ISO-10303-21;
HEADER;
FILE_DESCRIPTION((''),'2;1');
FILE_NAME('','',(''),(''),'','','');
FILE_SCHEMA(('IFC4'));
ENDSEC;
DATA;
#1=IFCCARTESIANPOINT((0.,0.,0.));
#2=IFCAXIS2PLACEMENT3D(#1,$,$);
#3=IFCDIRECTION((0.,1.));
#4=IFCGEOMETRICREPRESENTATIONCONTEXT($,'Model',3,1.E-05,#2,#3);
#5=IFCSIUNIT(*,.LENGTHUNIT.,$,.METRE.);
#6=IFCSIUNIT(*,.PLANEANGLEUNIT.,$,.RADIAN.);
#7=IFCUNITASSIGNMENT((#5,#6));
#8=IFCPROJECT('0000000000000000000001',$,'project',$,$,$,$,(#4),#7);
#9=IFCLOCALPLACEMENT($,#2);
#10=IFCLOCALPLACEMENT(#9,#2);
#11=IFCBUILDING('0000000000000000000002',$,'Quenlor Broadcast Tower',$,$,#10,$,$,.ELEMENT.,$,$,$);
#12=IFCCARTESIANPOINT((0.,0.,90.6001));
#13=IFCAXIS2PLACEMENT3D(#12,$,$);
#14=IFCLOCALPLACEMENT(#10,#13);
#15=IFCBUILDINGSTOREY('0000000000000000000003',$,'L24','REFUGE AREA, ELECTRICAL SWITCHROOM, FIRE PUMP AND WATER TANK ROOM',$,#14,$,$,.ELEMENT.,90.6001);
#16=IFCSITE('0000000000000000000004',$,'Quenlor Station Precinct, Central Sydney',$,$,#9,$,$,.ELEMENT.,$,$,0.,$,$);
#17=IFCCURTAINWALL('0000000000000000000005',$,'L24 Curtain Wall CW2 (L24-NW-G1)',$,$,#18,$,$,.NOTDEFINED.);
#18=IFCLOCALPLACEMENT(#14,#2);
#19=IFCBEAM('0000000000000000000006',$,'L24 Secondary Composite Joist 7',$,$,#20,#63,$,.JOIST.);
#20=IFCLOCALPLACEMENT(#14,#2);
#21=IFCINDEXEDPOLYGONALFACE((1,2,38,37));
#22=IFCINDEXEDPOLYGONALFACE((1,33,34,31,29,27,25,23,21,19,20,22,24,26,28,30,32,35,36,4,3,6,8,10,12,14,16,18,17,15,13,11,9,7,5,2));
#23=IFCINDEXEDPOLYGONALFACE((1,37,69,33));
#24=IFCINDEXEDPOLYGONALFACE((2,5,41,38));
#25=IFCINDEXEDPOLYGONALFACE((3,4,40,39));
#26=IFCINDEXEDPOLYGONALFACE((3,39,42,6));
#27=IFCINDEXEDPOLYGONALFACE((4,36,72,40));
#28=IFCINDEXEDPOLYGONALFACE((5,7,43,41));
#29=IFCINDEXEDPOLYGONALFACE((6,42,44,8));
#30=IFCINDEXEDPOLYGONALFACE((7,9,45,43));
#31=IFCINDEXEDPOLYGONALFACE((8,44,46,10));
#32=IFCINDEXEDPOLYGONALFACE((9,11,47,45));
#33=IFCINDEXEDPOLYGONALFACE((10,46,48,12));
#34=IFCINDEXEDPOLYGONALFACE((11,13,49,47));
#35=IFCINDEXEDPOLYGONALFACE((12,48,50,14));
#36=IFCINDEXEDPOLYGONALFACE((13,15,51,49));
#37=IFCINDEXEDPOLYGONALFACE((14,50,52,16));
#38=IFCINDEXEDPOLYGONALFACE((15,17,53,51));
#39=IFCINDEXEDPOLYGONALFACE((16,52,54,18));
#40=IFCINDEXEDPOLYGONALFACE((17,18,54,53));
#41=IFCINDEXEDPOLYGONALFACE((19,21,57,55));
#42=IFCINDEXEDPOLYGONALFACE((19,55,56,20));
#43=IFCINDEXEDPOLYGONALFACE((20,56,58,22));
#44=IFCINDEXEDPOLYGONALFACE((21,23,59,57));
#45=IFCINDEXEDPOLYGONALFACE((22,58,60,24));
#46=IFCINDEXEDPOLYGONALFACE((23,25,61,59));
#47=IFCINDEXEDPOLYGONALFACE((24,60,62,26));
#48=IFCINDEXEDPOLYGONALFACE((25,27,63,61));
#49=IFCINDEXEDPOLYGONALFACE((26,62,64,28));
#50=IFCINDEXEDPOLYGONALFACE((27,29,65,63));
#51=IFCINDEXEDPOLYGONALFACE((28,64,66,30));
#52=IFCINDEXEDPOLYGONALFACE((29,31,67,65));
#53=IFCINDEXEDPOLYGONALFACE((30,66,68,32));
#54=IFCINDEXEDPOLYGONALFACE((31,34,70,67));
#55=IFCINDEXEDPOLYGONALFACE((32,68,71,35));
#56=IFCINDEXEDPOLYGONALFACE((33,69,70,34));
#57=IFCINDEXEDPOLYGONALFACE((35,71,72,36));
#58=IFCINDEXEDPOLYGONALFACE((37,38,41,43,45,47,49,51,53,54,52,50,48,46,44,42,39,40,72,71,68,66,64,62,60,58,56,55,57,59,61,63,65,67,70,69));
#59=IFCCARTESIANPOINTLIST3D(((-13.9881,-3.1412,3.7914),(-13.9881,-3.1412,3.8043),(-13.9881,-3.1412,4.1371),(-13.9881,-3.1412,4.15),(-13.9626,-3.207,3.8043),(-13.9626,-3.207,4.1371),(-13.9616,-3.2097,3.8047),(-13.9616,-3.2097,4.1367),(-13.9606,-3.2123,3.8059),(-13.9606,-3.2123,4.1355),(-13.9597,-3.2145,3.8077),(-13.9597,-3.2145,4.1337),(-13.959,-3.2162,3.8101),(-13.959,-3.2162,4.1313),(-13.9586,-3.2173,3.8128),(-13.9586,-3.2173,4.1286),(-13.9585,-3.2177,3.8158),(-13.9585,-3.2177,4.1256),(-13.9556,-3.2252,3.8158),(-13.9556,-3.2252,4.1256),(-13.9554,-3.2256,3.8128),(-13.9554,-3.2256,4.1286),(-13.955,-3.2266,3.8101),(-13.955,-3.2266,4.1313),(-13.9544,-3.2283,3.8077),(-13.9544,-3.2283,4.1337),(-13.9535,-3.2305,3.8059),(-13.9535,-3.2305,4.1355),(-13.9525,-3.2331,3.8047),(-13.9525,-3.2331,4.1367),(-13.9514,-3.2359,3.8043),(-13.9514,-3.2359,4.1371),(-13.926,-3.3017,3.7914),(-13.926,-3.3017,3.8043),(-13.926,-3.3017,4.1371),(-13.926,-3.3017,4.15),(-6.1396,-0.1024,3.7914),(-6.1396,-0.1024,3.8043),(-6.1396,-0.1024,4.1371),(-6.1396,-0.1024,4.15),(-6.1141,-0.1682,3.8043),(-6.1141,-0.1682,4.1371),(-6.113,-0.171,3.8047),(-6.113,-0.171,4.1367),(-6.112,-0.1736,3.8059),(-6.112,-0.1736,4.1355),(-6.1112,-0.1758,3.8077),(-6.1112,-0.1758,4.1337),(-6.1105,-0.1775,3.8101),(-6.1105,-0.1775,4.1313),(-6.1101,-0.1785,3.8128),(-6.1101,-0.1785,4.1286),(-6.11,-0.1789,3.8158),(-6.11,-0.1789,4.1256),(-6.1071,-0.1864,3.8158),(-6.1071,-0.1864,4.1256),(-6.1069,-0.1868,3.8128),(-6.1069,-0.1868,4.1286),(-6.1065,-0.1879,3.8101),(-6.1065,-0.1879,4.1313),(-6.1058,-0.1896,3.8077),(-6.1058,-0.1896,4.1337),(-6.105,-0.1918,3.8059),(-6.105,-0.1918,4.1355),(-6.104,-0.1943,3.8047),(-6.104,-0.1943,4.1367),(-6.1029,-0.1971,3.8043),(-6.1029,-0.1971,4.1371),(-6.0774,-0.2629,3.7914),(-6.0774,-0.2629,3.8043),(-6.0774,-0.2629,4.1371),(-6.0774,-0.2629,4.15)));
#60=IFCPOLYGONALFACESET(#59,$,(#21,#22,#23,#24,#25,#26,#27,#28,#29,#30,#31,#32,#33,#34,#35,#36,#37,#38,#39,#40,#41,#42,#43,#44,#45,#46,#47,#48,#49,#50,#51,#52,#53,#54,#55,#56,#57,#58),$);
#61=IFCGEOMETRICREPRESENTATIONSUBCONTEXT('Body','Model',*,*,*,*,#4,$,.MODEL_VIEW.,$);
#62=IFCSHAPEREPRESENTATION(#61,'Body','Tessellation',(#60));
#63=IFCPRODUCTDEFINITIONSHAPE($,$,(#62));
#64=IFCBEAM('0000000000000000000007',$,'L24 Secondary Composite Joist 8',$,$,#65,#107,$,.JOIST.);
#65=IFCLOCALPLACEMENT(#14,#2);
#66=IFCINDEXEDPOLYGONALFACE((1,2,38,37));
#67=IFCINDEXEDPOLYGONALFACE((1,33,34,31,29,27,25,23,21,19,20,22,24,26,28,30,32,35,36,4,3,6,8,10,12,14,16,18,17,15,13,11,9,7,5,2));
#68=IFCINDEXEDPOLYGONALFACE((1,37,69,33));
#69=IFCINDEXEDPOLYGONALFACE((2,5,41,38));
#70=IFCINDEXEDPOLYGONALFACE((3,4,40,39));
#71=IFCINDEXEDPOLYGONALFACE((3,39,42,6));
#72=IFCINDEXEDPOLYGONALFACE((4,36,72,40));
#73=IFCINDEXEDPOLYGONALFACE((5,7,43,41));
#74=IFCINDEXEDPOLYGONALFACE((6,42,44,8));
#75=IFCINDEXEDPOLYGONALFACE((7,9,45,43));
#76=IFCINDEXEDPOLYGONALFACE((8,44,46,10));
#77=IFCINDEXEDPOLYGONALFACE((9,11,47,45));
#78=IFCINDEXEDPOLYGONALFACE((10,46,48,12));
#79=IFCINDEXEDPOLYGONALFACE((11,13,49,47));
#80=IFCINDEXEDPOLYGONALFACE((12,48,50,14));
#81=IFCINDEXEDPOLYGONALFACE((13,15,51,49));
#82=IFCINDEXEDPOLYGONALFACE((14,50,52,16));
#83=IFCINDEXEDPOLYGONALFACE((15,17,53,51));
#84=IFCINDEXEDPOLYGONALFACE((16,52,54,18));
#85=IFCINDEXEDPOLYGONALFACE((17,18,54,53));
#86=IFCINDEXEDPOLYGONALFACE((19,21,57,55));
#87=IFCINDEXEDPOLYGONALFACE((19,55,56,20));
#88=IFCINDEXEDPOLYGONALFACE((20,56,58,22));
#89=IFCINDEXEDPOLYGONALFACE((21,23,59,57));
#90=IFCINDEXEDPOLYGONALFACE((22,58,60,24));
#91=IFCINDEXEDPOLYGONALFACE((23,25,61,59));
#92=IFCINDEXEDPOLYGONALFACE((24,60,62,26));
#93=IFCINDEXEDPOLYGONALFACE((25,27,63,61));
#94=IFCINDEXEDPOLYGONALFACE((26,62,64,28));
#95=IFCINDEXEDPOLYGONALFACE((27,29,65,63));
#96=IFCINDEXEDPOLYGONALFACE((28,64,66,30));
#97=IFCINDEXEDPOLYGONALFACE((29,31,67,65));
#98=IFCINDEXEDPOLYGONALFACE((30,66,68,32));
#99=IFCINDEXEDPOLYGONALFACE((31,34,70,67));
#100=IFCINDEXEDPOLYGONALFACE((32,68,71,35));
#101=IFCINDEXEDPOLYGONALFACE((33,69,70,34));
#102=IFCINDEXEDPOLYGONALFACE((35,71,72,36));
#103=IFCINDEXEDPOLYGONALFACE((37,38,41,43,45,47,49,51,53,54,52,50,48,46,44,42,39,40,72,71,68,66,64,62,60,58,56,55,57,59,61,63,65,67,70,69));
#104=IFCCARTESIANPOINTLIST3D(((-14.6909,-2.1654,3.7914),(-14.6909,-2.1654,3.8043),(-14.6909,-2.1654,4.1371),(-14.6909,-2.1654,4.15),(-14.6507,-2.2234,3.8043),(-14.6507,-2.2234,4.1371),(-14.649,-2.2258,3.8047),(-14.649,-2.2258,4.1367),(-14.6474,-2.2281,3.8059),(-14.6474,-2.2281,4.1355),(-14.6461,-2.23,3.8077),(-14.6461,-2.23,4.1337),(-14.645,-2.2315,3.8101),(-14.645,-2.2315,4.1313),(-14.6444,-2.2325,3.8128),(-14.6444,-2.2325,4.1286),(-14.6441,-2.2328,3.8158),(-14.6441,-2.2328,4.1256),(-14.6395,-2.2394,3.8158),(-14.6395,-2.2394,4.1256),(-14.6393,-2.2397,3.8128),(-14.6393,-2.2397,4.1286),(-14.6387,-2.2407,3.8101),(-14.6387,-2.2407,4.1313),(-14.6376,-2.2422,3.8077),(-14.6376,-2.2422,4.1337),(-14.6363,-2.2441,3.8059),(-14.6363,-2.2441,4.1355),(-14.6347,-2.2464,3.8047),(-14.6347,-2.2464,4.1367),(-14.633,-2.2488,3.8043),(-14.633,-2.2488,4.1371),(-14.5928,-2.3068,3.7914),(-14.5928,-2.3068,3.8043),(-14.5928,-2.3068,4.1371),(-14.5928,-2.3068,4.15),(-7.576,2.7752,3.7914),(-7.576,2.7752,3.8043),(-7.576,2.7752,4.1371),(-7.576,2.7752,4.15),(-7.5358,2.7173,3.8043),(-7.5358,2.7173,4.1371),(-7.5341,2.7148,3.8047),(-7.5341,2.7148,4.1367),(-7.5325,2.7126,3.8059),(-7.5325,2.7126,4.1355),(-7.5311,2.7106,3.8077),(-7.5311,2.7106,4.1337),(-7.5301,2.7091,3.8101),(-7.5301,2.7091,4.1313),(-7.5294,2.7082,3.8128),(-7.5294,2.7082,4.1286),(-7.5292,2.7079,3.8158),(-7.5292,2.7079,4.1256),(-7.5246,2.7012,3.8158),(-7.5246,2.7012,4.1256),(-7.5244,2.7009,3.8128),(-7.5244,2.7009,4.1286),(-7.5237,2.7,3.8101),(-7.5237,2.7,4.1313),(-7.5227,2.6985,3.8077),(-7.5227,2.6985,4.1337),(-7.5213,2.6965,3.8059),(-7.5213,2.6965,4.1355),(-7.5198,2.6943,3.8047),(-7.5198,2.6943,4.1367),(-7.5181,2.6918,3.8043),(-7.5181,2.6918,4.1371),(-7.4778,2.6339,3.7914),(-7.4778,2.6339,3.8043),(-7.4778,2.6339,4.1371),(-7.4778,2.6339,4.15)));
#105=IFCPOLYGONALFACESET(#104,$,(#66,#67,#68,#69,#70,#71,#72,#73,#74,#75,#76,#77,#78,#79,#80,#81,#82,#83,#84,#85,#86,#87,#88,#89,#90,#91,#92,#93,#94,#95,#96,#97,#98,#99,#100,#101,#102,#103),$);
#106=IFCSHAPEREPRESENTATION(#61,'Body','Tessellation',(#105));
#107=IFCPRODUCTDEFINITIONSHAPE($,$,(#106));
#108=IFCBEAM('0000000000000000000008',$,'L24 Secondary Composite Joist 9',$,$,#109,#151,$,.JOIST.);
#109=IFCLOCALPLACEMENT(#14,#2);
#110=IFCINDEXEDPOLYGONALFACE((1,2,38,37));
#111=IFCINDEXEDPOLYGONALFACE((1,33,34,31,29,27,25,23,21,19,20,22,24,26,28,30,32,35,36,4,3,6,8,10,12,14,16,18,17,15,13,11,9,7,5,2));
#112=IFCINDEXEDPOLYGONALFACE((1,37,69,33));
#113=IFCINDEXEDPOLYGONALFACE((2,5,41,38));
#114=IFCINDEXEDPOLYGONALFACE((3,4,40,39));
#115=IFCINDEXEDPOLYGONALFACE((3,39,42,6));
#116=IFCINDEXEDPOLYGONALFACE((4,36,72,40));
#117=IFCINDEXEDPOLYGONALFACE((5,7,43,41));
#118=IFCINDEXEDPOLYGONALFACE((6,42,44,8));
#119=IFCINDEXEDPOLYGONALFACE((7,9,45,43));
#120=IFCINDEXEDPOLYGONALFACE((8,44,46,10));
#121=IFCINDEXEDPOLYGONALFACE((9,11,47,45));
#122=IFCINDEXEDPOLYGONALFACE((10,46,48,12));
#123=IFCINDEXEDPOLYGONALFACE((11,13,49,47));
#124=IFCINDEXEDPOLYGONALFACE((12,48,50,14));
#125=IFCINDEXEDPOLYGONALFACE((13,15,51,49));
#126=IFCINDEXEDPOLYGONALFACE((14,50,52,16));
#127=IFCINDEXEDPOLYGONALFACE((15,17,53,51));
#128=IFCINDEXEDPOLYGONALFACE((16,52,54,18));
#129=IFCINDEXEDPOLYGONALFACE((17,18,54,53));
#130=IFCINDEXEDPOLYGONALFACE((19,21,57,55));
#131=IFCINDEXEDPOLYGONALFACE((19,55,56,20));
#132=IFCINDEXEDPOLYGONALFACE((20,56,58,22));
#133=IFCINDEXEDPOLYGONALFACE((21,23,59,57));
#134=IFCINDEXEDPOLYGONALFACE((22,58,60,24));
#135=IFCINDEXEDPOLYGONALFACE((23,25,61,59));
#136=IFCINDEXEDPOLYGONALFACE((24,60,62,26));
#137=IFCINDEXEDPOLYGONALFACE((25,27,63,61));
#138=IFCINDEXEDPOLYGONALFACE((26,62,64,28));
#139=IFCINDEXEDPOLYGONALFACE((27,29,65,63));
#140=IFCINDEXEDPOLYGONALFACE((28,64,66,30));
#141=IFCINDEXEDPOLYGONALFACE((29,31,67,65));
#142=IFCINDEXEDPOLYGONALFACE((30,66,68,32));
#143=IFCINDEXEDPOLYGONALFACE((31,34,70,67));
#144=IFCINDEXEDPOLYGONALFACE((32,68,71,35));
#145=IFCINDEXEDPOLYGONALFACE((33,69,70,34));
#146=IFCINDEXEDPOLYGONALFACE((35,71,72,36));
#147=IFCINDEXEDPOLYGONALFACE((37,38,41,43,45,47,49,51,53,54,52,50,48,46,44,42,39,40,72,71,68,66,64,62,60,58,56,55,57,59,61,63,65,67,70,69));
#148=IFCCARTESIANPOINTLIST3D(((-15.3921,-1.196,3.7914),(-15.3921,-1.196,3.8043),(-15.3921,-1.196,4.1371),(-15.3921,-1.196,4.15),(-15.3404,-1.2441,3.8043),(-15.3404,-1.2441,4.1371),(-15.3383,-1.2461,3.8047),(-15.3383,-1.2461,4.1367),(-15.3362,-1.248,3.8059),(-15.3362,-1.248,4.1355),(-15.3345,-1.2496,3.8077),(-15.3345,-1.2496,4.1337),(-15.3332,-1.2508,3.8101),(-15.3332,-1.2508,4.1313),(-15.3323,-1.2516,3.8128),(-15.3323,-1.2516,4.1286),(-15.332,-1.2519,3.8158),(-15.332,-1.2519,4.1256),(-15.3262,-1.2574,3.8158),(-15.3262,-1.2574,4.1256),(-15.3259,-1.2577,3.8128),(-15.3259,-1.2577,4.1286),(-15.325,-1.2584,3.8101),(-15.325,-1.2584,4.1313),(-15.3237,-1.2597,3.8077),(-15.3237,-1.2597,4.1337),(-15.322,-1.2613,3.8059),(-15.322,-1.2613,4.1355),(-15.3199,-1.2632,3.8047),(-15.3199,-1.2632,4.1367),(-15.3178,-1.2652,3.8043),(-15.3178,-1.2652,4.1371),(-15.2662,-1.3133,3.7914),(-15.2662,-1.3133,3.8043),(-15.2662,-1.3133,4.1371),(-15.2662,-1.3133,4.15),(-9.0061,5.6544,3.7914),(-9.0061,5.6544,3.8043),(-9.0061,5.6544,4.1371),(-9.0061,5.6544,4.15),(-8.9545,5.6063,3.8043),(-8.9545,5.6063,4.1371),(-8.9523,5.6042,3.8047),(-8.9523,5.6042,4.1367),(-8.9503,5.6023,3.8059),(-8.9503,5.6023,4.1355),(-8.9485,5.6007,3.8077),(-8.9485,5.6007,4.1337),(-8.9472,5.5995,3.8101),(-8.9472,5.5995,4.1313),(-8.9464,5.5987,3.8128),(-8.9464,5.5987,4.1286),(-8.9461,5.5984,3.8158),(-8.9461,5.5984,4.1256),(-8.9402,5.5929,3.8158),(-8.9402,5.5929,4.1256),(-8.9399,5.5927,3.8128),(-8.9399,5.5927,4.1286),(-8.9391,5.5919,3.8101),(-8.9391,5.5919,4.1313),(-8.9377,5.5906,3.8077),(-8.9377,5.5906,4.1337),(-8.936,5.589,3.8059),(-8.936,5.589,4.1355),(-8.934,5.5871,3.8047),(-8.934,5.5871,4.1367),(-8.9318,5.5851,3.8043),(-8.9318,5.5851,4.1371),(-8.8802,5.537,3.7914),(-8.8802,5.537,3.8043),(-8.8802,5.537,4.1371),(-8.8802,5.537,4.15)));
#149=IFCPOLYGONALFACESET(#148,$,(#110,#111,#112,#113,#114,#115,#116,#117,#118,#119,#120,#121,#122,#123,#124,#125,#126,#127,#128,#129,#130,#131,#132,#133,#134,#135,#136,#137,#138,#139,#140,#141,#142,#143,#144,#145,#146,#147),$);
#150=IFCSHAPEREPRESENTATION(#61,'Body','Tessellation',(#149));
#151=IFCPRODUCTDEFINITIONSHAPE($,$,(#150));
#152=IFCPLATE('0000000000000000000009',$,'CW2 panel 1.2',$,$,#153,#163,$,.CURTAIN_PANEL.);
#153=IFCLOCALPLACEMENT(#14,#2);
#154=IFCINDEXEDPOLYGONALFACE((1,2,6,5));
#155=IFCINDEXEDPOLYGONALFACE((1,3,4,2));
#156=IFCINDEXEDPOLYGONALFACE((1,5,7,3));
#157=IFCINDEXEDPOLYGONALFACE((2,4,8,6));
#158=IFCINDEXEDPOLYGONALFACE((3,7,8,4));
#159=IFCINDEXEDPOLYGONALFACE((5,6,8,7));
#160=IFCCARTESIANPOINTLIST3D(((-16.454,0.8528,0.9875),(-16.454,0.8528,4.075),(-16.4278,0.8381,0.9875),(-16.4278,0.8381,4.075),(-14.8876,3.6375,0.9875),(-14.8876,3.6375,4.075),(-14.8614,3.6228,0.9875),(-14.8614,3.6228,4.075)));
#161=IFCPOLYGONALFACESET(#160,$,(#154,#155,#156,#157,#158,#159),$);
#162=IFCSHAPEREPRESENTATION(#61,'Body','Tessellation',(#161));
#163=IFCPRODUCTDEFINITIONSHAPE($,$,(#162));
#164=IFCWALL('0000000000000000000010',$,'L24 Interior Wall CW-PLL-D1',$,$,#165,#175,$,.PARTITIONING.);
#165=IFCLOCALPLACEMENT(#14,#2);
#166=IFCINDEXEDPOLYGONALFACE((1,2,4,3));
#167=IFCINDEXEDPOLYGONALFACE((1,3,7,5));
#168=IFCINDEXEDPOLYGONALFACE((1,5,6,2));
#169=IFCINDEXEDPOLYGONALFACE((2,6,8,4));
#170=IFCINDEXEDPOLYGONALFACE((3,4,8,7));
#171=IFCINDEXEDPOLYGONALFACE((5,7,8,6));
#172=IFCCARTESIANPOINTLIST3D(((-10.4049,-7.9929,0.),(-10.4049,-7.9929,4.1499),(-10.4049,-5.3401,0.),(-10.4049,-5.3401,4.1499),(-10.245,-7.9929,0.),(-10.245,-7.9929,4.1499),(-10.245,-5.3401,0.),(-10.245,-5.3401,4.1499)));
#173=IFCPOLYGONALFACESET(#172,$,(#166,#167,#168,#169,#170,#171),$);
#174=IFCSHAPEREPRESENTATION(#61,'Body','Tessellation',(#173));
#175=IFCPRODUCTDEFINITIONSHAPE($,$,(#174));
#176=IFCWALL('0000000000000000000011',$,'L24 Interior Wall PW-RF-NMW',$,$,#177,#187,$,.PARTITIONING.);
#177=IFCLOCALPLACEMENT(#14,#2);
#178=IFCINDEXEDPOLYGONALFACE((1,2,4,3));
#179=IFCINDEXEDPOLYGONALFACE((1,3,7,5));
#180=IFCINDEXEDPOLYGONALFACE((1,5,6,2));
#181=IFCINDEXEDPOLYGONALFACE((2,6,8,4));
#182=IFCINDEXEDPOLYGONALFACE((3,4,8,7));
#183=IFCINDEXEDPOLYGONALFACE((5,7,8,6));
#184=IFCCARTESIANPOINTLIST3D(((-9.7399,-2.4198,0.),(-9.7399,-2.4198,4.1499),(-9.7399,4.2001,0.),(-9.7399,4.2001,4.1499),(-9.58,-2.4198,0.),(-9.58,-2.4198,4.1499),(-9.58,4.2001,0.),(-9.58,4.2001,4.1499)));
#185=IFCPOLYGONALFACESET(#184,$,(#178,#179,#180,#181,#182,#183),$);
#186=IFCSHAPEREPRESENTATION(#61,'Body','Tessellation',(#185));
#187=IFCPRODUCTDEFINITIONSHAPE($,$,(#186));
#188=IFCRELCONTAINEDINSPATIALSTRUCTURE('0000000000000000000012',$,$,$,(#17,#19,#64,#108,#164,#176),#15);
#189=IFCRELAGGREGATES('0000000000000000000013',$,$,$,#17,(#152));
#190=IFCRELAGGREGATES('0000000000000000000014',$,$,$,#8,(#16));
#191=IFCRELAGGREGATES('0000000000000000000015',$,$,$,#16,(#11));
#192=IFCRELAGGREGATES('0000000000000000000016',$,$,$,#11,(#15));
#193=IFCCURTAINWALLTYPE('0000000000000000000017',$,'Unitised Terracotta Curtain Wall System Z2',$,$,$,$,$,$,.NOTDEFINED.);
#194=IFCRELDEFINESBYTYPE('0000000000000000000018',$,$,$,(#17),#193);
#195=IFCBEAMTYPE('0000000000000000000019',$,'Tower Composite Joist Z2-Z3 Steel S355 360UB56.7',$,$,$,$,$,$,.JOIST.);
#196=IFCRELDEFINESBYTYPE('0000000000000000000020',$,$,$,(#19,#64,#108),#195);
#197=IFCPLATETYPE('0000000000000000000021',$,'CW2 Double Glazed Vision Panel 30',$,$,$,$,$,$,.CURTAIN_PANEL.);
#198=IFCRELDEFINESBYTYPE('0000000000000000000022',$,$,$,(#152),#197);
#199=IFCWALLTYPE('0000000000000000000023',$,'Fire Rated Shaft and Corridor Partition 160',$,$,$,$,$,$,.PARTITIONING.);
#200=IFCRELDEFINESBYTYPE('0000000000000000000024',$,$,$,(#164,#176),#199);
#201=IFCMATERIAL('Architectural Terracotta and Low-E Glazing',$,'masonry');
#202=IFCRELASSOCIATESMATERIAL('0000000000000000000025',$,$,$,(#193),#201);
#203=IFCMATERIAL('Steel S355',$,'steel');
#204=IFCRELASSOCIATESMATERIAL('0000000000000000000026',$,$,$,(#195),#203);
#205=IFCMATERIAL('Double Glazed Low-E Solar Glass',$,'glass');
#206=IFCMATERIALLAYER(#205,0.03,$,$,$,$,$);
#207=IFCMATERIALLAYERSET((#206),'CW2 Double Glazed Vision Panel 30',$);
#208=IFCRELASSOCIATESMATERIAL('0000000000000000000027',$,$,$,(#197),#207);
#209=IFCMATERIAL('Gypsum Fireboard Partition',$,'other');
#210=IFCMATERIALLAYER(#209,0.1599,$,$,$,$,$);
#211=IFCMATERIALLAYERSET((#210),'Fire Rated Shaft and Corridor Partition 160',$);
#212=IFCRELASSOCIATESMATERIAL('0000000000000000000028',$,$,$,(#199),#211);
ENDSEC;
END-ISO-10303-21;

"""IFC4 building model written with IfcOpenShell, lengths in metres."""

from ifc_helpers import new_model, si_unit, direction, frame, frame_2d, origin, origin_2d, place, context, subcontext, project, spatial, rectangle, i_section, extrude, material, layer, layer_set, material_profile, profile_set, type_object, element, aggregate, save


model = new_model("IFC4")

# Units and contexts
model_context = context("Model", 3, precision=1e-05, world=origin(), true_north=direction((0.0, 1.0)))
body_context = subcontext(model_context, "Body", "Model", "MODEL_VIEW")
ifc_project = project(units=[si_unit("LENGTHUNIT", "METRE"), si_unit("PLANEANGLEUNIT", "RADIAN")], contexts=[model_context])

# Site, building, storey
site_placement = place(None, origin())
site = spatial("IfcSite", under=ifc_project, at=site_placement, Name="Quenlor Station Precinct, Central Sydney", CompositionType="ELEMENT", RefElevation=0.0)
building_placement = place(site_placement, origin())
building = spatial("IfcBuilding", under=site, at=building_placement, Name="Quenlor Broadcast Tower", CompositionType="ELEMENT")
storey_placement = place(building_placement, frame((0.0, 0.0, 90.6001)))
storey = spatial("IfcBuildingStorey", under=building, at=storey_placement, Name="L24", Description="REFUGE AREA, ELECTRICAL SWITCHROOM, FIRE PUMP AND WATER TANK ROOM", CompositionType="ELEMENT", Elevation=90.6001)

# Curtain wall
ifc_material_1 = material(Name="Architectural Terracotta and Low-E Glazing", Category="masonry")
curtain_wall_type = type_object("IfcCurtainWallType", Name="Unitised Terracotta Curtain Wall System Z2", PredefinedType="NOTDEFINED", material=ifc_material_1)
curtain_wall_placement = place(storey_placement, origin())
curtain_wall = element("IfcCurtainWall", 1, at=curtain_wall_placement, inside=storey, type_object=curtain_wall_type, Name="L24 Curtain Wall CW2 (L24-NW-G1)", PredefinedType="NOTDEFINED")

# Beams
ifc_material_2 = material(Name="Steel S355", Category="steel")
ifc_material_profile_1 = material_profile(ifc_material_2, i_section(OverallWidth=0.1721, OverallDepth=0.3586, WebThickness=0.0081, FlangeThickness=0.0129, FilletRadius=0.0115, at=origin_2d()))
ifc_profile_set_1 = profile_set([ifc_material_profile_1], Name="Steel S355 360UB56.7")
beam_type_1 = type_object("IfcBeamType", Name="Tower Composite Joist Z2-Z3 Steel S355 360UB56.7", PredefinedType="JOIST", material=ifc_profile_set_1)
beam_1_placement = place(storey_placement, frame((-13.957, -3.2214, 3.9707), z_axis=(0.932543, 0.36106, 0.0), x_axis=(-0.36106, 0.932543, 0.0)))
element("IfcBeam", 2, at=beam_1_placement, inside=storey, type_object=beam_type_1, Name="L24 Secondary Composite Joist 7", PredefinedType="JOIST", context=body_context, shape_type="SweptSolid", body=[
    extrude(i_section(OverallWidth=0.1721, OverallDepth=0.3586, WebThickness=0.0081, FlangeThickness=0.0129, FilletRadius=0.0115, at=origin_2d()), origin(), (0.0, 0.0, 1.0), 8.4163),
])
beam_2_placement = place(storey_placement, frame((-14.6418, -2.2361, 3.9707), z_axis=(0.821386, 0.570373, 0.0), x_axis=(-0.570373, 0.821386, 0.0)))
element("IfcBeam", 3, at=beam_2_placement, inside=storey, type_object=beam_type_1, Name="L24 Secondary Composite Joist 8", PredefinedType="JOIST", context=body_context, shape_type="SweptSolid", body=[
    extrude(i_section(OverallWidth=0.1721, OverallDepth=0.3586, WebThickness=0.0081, FlangeThickness=0.0129, FilletRadius=0.0115, at=origin_2d()), origin(), (0.0, 0.0, 1.0), 8.6621),
])
beam_3_placement = place(storey_placement, frame((-15.3291, -1.2546, 3.9707), z_axis=(0.681881, 0.731463, 0.0), x_axis=(-0.731463, 0.681881, 0.0)))
element("IfcBeam", 4, at=beam_3_placement, inside=storey, type_object=beam_type_1, Name="L24 Secondary Composite Joist 9", PredefinedType="JOIST", context=body_context, shape_type="SweptSolid", body=[
    extrude(i_section(OverallWidth=0.1721, OverallDepth=0.3586, WebThickness=0.0081, FlangeThickness=0.0129, FilletRadius=0.0115, at=origin_2d()), origin(), (0.0, 0.0, 1.0), 9.3652),
])

# Plate
ifc_material_3 = material(Name="Double Glazed Low-E Solar Glass", Category="glass")
ifc_layer_1 = layer(ifc_material_3, 0.03)
ifc_layer_set_1 = layer_set([ifc_layer_1], Name="CW2 Double Glazed Vision Panel 30")
plate_type = type_object("IfcPlateType", Name="CW2 Double Glazed Vision Panel 30", PredefinedType="CURTAIN_PANEL", material=ifc_layer_set_1)
plate_placement = place(storey_placement, frame((-15.6577, 2.2378, 0.9875), z_axis=(0.0, 0.0, 1.0), x_axis=(0.490258, 0.871577, 0.0)))
plate = element("IfcPlate", 5, at=plate_placement, type_object=plate_type, Name="CW2 panel 1.2", PredefinedType="CURTAIN_PANEL", context=body_context, shape_type="SweptSolid", body=[
    extrude(rectangle(XDim=3.1951, YDim=0.03, at=origin_2d()), origin(), (0.0, 0.0, 1.0), 3.0874),
])
aggregate(curtain_wall, [plate])

# Walls
ifc_material_4 = material(Name="Gypsum Fireboard Partition", Category="other")
ifc_layer_2 = layer(ifc_material_4, 0.1599)
ifc_layer_set_2 = layer_set([ifc_layer_2], Name="Fire Rated Shaft and Corridor Partition 160")
wall_type_1 = type_object("IfcWallType", Name="Fire Rated Shaft and Corridor Partition 160", PredefinedType="PARTITIONING", material=ifc_layer_set_2)
wall_1_placement = place(storey_placement, frame((-10.325, -7.9929, 0.0), z_axis=(0.0, 0.0, 1.0), x_axis=(0.0, 1.0, 0.0)))
element("IfcWall", 6, at=wall_1_placement, inside=storey, type_object=wall_type_1, Name="L24 Interior Wall CW-PLL-D1", PredefinedType="PARTITIONING", context=body_context, shape_type="SweptSolid", body=[
    extrude(rectangle(XDim=2.6528, YDim=0.1599, at=frame_2d((1.3264, 0.0))), origin(), (0.0, 0.0, 1.0), 4.1499),
])
wall_2_placement = place(storey_placement, frame((-9.6599, -2.4199, 0.0), z_axis=(0.0, 0.0, 1.0), x_axis=(0.0, 1.0, 0.0)))
element("IfcWall", 7, at=wall_2_placement, inside=storey, type_object=wall_type_1, Name="L24 Interior Wall PW-RF-NMW", PredefinedType="PARTITIONING", context=body_context, shape_type="SweptSolid", body=[
    extrude(rectangle(XDim=6.6199, YDim=0.1599, at=frame_2d((3.3101, 0.0))), origin(), (0.0, 0.0, 1.0), 4.1499),
])

save(model, "model.ifc")
